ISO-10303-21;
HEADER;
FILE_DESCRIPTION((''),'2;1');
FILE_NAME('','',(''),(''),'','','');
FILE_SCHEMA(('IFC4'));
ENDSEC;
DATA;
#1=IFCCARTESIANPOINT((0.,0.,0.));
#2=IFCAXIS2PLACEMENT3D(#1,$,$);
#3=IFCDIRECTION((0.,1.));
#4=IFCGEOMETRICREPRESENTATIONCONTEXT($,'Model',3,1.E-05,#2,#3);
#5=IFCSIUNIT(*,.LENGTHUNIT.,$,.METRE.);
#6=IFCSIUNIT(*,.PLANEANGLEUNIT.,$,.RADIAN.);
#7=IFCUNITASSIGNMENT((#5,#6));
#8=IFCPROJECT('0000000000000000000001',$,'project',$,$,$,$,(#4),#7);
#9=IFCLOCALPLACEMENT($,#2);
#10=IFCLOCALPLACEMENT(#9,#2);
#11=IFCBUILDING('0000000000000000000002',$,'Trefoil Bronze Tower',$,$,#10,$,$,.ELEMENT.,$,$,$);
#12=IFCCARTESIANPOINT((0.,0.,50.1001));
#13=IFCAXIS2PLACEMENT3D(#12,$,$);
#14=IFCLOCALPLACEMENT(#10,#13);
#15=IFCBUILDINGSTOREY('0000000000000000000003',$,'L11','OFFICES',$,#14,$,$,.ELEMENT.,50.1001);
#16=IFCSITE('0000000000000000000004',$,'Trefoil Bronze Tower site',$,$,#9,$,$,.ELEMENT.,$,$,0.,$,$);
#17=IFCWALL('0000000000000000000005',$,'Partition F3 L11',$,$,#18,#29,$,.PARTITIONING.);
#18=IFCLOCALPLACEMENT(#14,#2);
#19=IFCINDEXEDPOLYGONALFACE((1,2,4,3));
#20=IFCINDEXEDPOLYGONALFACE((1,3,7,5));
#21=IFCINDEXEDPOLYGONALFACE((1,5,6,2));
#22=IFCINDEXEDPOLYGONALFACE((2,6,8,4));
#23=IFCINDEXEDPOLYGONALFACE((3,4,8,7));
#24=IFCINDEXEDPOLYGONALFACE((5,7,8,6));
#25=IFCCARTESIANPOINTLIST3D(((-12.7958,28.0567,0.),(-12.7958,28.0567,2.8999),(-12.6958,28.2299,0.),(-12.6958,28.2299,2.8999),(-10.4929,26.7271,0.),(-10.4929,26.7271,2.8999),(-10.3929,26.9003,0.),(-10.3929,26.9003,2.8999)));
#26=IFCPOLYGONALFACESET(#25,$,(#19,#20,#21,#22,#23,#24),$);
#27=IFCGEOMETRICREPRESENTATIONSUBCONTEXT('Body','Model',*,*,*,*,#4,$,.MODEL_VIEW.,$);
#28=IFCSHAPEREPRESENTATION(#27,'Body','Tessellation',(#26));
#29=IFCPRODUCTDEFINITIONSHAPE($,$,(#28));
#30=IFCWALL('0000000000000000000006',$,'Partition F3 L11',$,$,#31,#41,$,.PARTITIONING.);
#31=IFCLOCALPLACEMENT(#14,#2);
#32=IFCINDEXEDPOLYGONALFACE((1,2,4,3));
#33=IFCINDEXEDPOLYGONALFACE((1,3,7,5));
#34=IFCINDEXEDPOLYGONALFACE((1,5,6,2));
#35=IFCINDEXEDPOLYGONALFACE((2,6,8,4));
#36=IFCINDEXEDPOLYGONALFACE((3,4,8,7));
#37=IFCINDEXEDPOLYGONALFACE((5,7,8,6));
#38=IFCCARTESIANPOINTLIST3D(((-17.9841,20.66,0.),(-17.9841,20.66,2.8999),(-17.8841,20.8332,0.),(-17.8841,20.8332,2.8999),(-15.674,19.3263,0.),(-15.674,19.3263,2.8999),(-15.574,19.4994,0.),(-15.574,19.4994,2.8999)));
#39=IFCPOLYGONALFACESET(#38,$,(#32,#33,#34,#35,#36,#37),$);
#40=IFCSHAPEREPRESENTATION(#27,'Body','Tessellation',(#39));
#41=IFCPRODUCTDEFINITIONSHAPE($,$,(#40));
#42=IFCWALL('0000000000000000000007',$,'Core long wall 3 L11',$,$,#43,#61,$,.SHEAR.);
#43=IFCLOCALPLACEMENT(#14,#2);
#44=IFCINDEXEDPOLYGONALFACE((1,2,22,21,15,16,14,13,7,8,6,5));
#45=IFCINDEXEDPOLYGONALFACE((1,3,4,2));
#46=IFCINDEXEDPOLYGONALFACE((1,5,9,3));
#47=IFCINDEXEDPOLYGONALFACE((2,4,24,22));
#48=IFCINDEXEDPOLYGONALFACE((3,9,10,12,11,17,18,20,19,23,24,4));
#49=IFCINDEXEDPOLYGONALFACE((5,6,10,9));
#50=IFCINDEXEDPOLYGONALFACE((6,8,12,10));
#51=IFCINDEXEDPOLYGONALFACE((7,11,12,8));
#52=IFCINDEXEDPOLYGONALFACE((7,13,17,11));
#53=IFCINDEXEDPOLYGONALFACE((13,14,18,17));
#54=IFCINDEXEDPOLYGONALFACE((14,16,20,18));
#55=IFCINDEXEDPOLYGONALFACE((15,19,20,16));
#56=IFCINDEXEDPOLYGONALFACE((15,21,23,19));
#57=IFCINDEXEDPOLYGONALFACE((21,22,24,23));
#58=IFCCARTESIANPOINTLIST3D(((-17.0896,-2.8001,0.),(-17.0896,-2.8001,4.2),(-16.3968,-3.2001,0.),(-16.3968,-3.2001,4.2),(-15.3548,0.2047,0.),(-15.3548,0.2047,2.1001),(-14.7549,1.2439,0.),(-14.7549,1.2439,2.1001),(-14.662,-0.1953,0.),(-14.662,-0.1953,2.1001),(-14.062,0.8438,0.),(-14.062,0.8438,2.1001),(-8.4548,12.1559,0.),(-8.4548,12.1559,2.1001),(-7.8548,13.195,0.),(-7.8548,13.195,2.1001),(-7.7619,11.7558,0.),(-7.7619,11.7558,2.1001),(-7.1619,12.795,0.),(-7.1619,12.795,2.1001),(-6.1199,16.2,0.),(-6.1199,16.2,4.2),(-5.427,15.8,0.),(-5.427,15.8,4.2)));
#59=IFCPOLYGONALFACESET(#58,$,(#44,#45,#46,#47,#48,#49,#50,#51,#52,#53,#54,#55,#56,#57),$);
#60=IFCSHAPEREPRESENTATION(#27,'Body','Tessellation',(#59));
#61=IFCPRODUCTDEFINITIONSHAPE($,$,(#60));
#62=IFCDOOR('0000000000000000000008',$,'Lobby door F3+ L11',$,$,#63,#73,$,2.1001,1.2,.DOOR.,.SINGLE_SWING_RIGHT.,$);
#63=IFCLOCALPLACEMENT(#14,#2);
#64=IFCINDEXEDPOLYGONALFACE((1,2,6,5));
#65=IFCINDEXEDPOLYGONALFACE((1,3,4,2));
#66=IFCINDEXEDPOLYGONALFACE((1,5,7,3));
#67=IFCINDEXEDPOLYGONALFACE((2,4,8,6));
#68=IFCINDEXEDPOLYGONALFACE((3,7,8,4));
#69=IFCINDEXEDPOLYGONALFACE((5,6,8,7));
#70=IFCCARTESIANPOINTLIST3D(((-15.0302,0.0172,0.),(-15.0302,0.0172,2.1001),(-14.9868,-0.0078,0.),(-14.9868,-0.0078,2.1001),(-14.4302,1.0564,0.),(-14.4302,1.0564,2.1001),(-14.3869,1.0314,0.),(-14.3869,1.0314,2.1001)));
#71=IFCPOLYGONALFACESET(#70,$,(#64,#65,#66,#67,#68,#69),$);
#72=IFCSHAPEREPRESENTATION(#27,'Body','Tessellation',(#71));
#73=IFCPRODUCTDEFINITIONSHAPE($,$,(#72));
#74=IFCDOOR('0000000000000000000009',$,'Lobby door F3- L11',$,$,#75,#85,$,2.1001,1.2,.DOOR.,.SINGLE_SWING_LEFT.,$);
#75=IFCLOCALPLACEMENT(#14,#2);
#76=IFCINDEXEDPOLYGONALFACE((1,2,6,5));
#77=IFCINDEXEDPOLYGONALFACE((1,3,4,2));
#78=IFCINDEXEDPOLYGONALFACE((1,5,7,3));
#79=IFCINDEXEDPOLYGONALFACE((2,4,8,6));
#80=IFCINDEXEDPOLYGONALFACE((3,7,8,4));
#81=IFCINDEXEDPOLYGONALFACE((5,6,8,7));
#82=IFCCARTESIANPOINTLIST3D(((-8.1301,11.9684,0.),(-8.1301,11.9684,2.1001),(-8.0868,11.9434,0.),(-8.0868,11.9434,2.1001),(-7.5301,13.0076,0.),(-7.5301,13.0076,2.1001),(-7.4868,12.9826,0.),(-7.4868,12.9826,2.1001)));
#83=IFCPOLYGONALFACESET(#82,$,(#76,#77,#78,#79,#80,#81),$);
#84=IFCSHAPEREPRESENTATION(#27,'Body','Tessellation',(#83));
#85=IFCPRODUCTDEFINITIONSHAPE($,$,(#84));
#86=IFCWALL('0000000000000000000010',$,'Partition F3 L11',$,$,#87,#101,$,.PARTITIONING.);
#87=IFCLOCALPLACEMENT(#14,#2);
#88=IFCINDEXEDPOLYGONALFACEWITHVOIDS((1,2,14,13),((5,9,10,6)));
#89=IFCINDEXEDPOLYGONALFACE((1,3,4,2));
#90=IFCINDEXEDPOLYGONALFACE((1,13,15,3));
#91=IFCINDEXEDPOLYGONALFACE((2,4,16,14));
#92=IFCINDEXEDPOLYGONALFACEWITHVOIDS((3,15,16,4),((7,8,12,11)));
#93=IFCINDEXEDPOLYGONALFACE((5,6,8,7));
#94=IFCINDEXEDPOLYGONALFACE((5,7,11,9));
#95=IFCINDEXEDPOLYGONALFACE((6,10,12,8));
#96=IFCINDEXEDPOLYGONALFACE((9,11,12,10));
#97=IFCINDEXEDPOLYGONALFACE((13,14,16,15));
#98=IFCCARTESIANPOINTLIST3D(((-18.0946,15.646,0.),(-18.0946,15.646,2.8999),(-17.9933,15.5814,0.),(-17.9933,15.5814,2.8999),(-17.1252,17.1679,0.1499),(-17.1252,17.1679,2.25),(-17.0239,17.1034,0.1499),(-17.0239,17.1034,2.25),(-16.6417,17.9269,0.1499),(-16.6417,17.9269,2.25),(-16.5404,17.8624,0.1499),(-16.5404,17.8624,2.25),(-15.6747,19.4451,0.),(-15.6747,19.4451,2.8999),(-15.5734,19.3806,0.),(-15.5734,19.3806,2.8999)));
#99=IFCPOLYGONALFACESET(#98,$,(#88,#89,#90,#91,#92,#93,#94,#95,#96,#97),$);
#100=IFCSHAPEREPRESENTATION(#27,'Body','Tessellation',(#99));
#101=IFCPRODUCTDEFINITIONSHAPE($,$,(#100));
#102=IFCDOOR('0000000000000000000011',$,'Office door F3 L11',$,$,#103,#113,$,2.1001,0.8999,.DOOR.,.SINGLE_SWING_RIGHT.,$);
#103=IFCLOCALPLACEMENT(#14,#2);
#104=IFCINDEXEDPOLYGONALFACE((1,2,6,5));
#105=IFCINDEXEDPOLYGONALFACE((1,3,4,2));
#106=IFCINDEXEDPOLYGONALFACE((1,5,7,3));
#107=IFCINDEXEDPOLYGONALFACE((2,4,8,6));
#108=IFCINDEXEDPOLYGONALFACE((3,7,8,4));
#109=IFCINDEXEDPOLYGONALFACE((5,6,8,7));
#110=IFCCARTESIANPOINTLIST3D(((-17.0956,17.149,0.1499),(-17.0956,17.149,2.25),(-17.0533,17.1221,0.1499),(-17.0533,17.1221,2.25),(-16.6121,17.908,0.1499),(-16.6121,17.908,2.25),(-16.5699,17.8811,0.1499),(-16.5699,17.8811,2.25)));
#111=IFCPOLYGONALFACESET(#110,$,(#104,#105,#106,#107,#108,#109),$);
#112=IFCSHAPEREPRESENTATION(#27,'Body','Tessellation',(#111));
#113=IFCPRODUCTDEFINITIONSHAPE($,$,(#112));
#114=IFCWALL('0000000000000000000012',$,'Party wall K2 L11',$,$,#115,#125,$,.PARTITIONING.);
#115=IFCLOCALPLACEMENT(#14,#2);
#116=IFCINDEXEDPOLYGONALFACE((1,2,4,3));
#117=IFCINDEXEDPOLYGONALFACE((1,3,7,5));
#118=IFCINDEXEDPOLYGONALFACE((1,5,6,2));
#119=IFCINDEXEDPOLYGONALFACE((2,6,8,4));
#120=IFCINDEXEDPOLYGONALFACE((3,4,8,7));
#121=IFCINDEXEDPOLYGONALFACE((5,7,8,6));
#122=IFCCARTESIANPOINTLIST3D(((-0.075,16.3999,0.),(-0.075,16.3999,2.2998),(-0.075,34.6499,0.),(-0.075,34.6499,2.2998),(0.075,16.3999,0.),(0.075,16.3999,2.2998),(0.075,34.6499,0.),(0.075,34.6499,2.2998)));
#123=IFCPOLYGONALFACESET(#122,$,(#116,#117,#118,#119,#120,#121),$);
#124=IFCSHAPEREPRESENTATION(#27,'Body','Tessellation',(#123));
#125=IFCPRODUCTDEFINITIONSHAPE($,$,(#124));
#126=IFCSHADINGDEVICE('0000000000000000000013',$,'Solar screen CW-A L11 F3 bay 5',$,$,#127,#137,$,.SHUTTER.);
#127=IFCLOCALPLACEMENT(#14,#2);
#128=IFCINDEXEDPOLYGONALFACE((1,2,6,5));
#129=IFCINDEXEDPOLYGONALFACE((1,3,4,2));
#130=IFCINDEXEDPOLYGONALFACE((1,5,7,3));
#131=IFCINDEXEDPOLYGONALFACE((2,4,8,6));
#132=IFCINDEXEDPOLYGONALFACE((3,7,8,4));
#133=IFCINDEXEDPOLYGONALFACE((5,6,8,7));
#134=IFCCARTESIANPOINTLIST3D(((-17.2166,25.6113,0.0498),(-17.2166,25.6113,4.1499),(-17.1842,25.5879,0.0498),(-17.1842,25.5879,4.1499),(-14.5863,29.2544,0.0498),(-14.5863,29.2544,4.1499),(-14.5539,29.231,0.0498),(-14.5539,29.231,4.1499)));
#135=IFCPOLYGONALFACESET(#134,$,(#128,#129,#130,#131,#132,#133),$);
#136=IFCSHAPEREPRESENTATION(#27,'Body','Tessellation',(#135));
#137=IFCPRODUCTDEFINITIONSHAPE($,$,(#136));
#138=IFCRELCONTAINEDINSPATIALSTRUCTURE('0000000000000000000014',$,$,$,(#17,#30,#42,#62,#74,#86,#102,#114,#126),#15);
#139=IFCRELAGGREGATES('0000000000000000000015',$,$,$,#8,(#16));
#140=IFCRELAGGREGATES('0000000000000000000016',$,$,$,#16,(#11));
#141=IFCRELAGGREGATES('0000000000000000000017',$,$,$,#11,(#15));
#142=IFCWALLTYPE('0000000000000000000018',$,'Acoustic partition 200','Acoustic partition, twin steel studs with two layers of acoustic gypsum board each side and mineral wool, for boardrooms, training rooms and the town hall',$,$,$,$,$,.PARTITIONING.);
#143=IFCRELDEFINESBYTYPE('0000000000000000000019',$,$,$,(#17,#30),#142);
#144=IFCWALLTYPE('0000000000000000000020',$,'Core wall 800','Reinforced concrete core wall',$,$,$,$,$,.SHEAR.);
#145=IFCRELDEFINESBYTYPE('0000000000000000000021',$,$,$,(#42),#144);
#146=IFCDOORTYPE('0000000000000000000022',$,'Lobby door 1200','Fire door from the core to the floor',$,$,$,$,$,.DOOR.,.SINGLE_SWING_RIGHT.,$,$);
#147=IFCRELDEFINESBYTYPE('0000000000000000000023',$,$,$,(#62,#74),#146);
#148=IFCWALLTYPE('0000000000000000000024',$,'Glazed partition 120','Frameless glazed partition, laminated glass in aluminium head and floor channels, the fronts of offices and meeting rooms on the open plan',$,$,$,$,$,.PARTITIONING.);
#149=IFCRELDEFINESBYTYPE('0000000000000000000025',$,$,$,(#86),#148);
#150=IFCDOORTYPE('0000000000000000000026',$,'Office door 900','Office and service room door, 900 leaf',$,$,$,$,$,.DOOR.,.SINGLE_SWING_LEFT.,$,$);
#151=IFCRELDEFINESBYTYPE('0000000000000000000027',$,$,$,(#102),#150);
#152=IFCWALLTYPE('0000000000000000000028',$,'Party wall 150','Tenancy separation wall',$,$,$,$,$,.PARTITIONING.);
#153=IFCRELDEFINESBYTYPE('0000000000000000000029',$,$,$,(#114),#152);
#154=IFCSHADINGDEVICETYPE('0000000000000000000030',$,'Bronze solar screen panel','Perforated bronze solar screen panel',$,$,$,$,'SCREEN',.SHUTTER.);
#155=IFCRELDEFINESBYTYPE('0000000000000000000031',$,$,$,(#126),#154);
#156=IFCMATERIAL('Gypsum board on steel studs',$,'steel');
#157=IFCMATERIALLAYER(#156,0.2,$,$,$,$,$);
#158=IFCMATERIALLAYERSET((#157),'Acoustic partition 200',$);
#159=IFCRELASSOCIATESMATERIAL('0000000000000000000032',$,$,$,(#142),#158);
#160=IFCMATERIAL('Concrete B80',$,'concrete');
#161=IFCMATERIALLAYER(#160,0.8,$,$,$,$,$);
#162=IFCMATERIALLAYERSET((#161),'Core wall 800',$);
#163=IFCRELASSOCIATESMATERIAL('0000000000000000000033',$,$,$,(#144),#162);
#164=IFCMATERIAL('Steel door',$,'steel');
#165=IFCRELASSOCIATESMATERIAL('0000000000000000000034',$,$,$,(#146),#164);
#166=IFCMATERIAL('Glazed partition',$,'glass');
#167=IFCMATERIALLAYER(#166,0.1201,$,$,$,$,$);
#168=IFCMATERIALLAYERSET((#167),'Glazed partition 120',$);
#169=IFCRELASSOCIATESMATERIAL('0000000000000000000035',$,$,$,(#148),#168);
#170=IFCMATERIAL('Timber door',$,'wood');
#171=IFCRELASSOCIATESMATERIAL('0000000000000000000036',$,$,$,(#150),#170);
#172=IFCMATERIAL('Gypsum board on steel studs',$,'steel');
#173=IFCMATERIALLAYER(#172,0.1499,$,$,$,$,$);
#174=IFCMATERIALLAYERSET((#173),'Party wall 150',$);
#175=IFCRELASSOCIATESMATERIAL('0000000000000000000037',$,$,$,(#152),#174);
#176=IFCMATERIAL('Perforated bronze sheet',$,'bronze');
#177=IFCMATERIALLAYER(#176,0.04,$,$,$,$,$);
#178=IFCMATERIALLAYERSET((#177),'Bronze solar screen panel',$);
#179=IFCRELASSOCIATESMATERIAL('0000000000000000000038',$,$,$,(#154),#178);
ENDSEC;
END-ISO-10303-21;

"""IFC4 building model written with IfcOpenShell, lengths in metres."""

from ifc_helpers import new_model, si_unit, direction, frame, frame_2d, origin, origin_2d, place, context, subcontext, project, spatial, rectangle, extrude, material, layer, layer_set, type_object, element, fill, save


model = new_model("IFC4")

# Units and contexts
model_context = context("Model", 3, precision=1e-05, world=origin(), true_north=direction((0.0, 1.0)))
body_context = subcontext(model_context, "Body", "Model", "MODEL_VIEW")
ifc_project = project(units=[si_unit("LENGTHUNIT", "METRE"), si_unit("PLANEANGLEUNIT", "RADIAN")], contexts=[model_context])

# Site, building, storey
site_placement = place(None, origin())
site = spatial("IfcSite", under=ifc_project, at=site_placement, Name="Trefoil Bronze Tower site", CompositionType="ELEMENT", RefElevation=0.0)
building_placement = place(site_placement, origin())
building = spatial("IfcBuilding", under=site, at=building_placement, Name="Trefoil Bronze Tower", CompositionType="ELEMENT")
storey_placement = place(building_placement, frame((0.0, 0.0, 50.1001)))
storey = spatial("IfcBuildingStorey", under=building, at=storey_placement, Name="L11", Description="OFFICES", CompositionType="ELEMENT", Elevation=50.1001)

# Shared definitions
ifc_material_1 = material(Name="Gypsum board on steel studs", Category="steel")
ifc_layer_1 = layer(ifc_material_1, 0.2)
ifc_layer_set_1 = layer_set([ifc_layer_1], Name="Acoustic partition 200")
wall_type_1 = type_object("IfcWallType", Name="Acoustic partition 200", Description="Acoustic partition, twin steel studs with two layers of acoustic gypsum board each side and mineral wool, for boardrooms, training rooms and the town hall", PredefinedType="PARTITIONING", material=ifc_layer_set_1)

# Walls
wall_1_placement = place(storey_placement, frame((-10.4429, 26.8137, 0.0), z_axis=(0.0, 0.0, 1.0), x_axis=(-0.866031, 0.49999, 0.0)))
element("IfcWall", 1, at=wall_1_placement, inside=storey, type_object=wall_type_1, Name="Partition F3 L11", PredefinedType="PARTITIONING", context=body_context, shape_type="SweptSolid", body=[
    extrude(rectangle(XDim=2.6592, YDim=0.2, at=frame_2d((1.3296, 0.0))), origin(), (0.0, 0.0, 1.0), 2.8999),
])
wall_2_placement = place(storey_placement, frame((-15.624, 19.4128, 0.0), z_axis=(0.0, 0.0, 1.0), x_axis=(-0.866021, 0.500008, 0.0)))
element("IfcWall", 2, at=wall_2_placement, inside=storey, type_object=wall_type_1, Name="Partition F3 L11", PredefinedType="PARTITIONING", context=body_context, shape_type="SweptSolid", body=[
    extrude(rectangle(XDim=2.6675, YDim=0.2, at=frame_2d((1.3337, 0.0))), origin(), (0.0, 0.0, 1.0), 2.8999),
])

# Wall, openings, doors
ifc_material_2 = material(Name="Concrete B80", Category="concrete")
ifc_layer_2 = layer(ifc_material_2, 0.8)
ifc_layer_set_2 = layer_set([ifc_layer_2], Name="Core wall 800")
wall_type_2 = type_object("IfcWallType", Name="Core wall 800", Description="Reinforced concrete core wall", PredefinedType="SHEAR", material=ifc_layer_set_2)
wall_3_placement = place(storey_placement, frame((-5.7734, 16.0, 0.0), z_axis=(0.0, 0.0, 1.0), x_axis=(-0.500002, -0.866024, 0.0)))
wall_3 = element("IfcWall", 3, at=wall_3_placement, inside=storey, type_object=wall_type_2, Name="Core long wall 3 L11", PredefinedType="SHEAR", context=body_context, shape_type="SweptSolid", body=[
    extrude(rectangle(XDim=21.9395, YDim=0.8, at=frame_2d((10.9697, 0.0))), origin(), (0.0, 0.0, 1.0), 4.2),
])
opening_1_placement = place(wall_3_placement, frame((17.2698, 0.0, 0.0)))
opening_1 = element("IfcOpeningElement", 4, at=opening_1_placement, cuts=wall_3, PredefinedType="OPENING", context=body_context, shape_type="SweptSolid", body=[
    extrude(rectangle(XDim=1.2, YDim=2.1001, at=frame_2d((0.6001, 1.05))), frame((0.0, 0.4099, 0.0), z_axis=(0.0, -1.0, 0.0), x_axis=(1.0, 0.0, 0.0)), (0.0, 0.0, 1.0), 0.8201),
])
opening_2_placement = place(wall_3_placement, frame((3.4697, 0.0, 0.0)))
opening_2 = element("IfcOpeningElement", 5, at=opening_2_placement, cuts=wall_3, PredefinedType="OPENING", context=body_context, shape_type="SweptSolid", body=[
    extrude(rectangle(XDim=1.2, YDim=2.1001, at=frame_2d((0.6001, 1.05))), frame((0.0, 0.4099, 0.0), z_axis=(0.0, -1.0, 0.0), x_axis=(1.0, 0.0, 0.0)), (0.0, 0.0, 1.0), 0.8201),
])
ifc_material_3 = material(Name="Steel door", Category="steel")
door_type_1 = type_object("IfcDoorType", Name="Lobby door 1200", Description="Fire door from the core to the floor", OperationType="SINGLE_SWING_RIGHT", PredefinedType="DOOR", material=ifc_material_3)
door_1_placement = place(opening_1_placement, origin())
door_1 = element("IfcDoor", 6, at=door_1_placement, inside=storey, type_object=door_type_1, Name="Lobby door F3+ L11", OperationType="SINGLE_SWING_RIGHT", OverallHeight=2.1001, OverallWidth=1.2, PredefinedType="DOOR", context=body_context, shape_type="SweptSolid", body=[
    extrude(rectangle(XDim=1.2, YDim=2.1001, at=frame_2d((0.6001, 1.05))), frame((0.0, 0.0249, 0.0), z_axis=(0.0, -1.0, 0.0), x_axis=(1.0, 0.0, 0.0)), (0.0, 0.0, 1.0), 0.05),
])
fill(opening_1, door_1)
door_2_placement = place(opening_2_placement, origin())
door_2 = element("IfcDoor", 7, at=door_2_placement, inside=storey, type_object=door_type_1, Name="Lobby door F3- L11", OperationType="SINGLE_SWING_LEFT", OverallHeight=2.1001, OverallWidth=1.2, PredefinedType="DOOR", context=body_context, shape_type="SweptSolid", body=[
    extrude(rectangle(XDim=1.2, YDim=2.1001, at=frame_2d((0.6001, 1.05))), frame((0.0, 0.0249, 0.0), z_axis=(0.0, -1.0, 0.0), x_axis=(1.0, 0.0, 0.0)), (0.0, 0.0, 1.0), 0.05),
])
fill(opening_2, door_2)

# Wall, opening, door
ifc_material_4 = material(Name="Glazed partition", Category="glass")
ifc_layer_3 = layer(ifc_material_4, 0.1201)
ifc_layer_set_3 = layer_set([ifc_layer_3], Name="Glazed partition 120")
wall_type_3 = type_object("IfcWallType", Name="Glazed partition 120", Description="Frameless glazed partition, laminated glass in aluminium head and floor channels, the fronts of offices and meeting rooms on the open plan", PredefinedType="PARTITIONING", material=ifc_layer_set_3)
wall_4_placement = place(storey_placement, frame((-15.624, 19.4128, 0.0), z_axis=(0.0, 0.0, 1.0), x_axis=(-0.537244, -0.843427, 0.0)))
wall_4 = element("IfcWall", 8, at=wall_4_placement, inside=storey, type_object=wall_type_3, Name="Partition F3 L11", PredefinedType="PARTITIONING", context=body_context, shape_type="SweptSolid", body=[
    extrude(rectangle(XDim=4.5044, YDim=0.1201, at=frame_2d((2.2522, 0.0))), origin(), (0.0, 0.0, 1.0), 2.8999),
])
opening_3_placement = place(wall_4_placement, frame((1.8, 0.0, 0.1499)))
opening_3 = element("IfcOpeningElement", 9, at=opening_3_placement, cuts=wall_4, PredefinedType="OPENING", context=body_context, shape_type="SweptSolid", body=[
    extrude(rectangle(XDim=0.8999, YDim=2.1001, at=frame_2d((0.45, 1.05))), frame((0.0, 0.0701, 0.0), z_axis=(0.0, -1.0, 0.0), x_axis=(1.0, 0.0, 0.0)), (0.0, 0.0, 1.0), 0.1401),
])
ifc_material_5 = material(Name="Timber door", Category="wood")
door_type_2 = type_object("IfcDoorType", Name="Office door 900", Description="Office and service room door, 900 leaf", OperationType="SINGLE_SWING_LEFT", PredefinedType="DOOR", material=ifc_material_5)
door_3_placement = place(opening_3_placement, frame((0.8999, 0.0, 0.0), z_axis=(0.0, 0.0, 1.0), x_axis=(-1.0, 0.0, 0.0)))
door_3 = element("IfcDoor", 10, at=door_3_placement, inside=storey, type_object=door_type_2, Name="Office door F3 L11", OperationType="SINGLE_SWING_RIGHT", OverallHeight=2.1001, OverallWidth=0.8999, PredefinedType="DOOR", context=body_context, shape_type="SweptSolid", body=[
    extrude(rectangle(XDim=0.8999, YDim=2.1001, at=frame_2d((0.45, 1.05))), frame((0.0, 0.0249, 0.0), z_axis=(0.0, -1.0, 0.0), x_axis=(1.0, 0.0, 0.0)), (0.0, 0.0, 1.0), 0.05),
])
fill(opening_3, door_3)

# Wall
ifc_material_6 = material(Name="Gypsum board on steel studs", Category="steel")
ifc_layer_4 = layer(ifc_material_6, 0.1499)
ifc_layer_set_4 = layer_set([ifc_layer_4], Name="Party wall 150")
wall_type_4 = type_object("IfcWallType", Name="Party wall 150", Description="Tenancy separation wall", PredefinedType="PARTITIONING", material=ifc_layer_set_4)
wall_5_placement = place(storey_placement, frame((0.0, 16.3999, 0.0), z_axis=(0.0, 0.0, 1.0), x_axis=(0.0, 1.0, 0.0)))
element("IfcWall", 11, at=wall_5_placement, inside=storey, type_object=wall_type_4, Name="Party wall K2 L11", PredefinedType="PARTITIONING", context=body_context, shape_type="SweptSolid", body=[
    extrude(rectangle(XDim=18.25, YDim=0.1499, at=frame_2d((9.125, 0.0))), origin(), (0.0, 0.0, 1.0), 2.2998),
])

# Shading device
ifc_material_7 = material(Name="Perforated bronze sheet", Category="bronze")
ifc_layer_5 = layer(ifc_material_7, 0.04)
ifc_layer_set_5 = layer_set([ifc_layer_5], Name="Bronze solar screen panel")
shading_device_type = type_object("IfcShadingDeviceType", Name="Bronze solar screen panel", Description="Perforated bronze solar screen panel", ElementType="SCREEN", PredefinedType="SHUTTER", material=ifc_layer_set_5)
shading_device_placement = place(storey_placement, frame((-15.8853, 27.4211, 0.0498), z_axis=(0.0, 0.0, 1.0), x_axis=(-0.585373, -0.810764, 0.0)))
element("IfcShadingDevice", 12, at=shading_device_placement, inside=storey, type_object=shading_device_type, Name="Solar screen CW-A L11 F3 bay 5", PredefinedType="SHUTTER", context=body_context, shape_type="SweptSolid", body=[
    extrude(rectangle(XDim=4.4934, YDim=0.04, at=origin_2d()), origin(), (0.0, 0.0, 1.0), 4.1001),
])

save(model, "model.ifc")
